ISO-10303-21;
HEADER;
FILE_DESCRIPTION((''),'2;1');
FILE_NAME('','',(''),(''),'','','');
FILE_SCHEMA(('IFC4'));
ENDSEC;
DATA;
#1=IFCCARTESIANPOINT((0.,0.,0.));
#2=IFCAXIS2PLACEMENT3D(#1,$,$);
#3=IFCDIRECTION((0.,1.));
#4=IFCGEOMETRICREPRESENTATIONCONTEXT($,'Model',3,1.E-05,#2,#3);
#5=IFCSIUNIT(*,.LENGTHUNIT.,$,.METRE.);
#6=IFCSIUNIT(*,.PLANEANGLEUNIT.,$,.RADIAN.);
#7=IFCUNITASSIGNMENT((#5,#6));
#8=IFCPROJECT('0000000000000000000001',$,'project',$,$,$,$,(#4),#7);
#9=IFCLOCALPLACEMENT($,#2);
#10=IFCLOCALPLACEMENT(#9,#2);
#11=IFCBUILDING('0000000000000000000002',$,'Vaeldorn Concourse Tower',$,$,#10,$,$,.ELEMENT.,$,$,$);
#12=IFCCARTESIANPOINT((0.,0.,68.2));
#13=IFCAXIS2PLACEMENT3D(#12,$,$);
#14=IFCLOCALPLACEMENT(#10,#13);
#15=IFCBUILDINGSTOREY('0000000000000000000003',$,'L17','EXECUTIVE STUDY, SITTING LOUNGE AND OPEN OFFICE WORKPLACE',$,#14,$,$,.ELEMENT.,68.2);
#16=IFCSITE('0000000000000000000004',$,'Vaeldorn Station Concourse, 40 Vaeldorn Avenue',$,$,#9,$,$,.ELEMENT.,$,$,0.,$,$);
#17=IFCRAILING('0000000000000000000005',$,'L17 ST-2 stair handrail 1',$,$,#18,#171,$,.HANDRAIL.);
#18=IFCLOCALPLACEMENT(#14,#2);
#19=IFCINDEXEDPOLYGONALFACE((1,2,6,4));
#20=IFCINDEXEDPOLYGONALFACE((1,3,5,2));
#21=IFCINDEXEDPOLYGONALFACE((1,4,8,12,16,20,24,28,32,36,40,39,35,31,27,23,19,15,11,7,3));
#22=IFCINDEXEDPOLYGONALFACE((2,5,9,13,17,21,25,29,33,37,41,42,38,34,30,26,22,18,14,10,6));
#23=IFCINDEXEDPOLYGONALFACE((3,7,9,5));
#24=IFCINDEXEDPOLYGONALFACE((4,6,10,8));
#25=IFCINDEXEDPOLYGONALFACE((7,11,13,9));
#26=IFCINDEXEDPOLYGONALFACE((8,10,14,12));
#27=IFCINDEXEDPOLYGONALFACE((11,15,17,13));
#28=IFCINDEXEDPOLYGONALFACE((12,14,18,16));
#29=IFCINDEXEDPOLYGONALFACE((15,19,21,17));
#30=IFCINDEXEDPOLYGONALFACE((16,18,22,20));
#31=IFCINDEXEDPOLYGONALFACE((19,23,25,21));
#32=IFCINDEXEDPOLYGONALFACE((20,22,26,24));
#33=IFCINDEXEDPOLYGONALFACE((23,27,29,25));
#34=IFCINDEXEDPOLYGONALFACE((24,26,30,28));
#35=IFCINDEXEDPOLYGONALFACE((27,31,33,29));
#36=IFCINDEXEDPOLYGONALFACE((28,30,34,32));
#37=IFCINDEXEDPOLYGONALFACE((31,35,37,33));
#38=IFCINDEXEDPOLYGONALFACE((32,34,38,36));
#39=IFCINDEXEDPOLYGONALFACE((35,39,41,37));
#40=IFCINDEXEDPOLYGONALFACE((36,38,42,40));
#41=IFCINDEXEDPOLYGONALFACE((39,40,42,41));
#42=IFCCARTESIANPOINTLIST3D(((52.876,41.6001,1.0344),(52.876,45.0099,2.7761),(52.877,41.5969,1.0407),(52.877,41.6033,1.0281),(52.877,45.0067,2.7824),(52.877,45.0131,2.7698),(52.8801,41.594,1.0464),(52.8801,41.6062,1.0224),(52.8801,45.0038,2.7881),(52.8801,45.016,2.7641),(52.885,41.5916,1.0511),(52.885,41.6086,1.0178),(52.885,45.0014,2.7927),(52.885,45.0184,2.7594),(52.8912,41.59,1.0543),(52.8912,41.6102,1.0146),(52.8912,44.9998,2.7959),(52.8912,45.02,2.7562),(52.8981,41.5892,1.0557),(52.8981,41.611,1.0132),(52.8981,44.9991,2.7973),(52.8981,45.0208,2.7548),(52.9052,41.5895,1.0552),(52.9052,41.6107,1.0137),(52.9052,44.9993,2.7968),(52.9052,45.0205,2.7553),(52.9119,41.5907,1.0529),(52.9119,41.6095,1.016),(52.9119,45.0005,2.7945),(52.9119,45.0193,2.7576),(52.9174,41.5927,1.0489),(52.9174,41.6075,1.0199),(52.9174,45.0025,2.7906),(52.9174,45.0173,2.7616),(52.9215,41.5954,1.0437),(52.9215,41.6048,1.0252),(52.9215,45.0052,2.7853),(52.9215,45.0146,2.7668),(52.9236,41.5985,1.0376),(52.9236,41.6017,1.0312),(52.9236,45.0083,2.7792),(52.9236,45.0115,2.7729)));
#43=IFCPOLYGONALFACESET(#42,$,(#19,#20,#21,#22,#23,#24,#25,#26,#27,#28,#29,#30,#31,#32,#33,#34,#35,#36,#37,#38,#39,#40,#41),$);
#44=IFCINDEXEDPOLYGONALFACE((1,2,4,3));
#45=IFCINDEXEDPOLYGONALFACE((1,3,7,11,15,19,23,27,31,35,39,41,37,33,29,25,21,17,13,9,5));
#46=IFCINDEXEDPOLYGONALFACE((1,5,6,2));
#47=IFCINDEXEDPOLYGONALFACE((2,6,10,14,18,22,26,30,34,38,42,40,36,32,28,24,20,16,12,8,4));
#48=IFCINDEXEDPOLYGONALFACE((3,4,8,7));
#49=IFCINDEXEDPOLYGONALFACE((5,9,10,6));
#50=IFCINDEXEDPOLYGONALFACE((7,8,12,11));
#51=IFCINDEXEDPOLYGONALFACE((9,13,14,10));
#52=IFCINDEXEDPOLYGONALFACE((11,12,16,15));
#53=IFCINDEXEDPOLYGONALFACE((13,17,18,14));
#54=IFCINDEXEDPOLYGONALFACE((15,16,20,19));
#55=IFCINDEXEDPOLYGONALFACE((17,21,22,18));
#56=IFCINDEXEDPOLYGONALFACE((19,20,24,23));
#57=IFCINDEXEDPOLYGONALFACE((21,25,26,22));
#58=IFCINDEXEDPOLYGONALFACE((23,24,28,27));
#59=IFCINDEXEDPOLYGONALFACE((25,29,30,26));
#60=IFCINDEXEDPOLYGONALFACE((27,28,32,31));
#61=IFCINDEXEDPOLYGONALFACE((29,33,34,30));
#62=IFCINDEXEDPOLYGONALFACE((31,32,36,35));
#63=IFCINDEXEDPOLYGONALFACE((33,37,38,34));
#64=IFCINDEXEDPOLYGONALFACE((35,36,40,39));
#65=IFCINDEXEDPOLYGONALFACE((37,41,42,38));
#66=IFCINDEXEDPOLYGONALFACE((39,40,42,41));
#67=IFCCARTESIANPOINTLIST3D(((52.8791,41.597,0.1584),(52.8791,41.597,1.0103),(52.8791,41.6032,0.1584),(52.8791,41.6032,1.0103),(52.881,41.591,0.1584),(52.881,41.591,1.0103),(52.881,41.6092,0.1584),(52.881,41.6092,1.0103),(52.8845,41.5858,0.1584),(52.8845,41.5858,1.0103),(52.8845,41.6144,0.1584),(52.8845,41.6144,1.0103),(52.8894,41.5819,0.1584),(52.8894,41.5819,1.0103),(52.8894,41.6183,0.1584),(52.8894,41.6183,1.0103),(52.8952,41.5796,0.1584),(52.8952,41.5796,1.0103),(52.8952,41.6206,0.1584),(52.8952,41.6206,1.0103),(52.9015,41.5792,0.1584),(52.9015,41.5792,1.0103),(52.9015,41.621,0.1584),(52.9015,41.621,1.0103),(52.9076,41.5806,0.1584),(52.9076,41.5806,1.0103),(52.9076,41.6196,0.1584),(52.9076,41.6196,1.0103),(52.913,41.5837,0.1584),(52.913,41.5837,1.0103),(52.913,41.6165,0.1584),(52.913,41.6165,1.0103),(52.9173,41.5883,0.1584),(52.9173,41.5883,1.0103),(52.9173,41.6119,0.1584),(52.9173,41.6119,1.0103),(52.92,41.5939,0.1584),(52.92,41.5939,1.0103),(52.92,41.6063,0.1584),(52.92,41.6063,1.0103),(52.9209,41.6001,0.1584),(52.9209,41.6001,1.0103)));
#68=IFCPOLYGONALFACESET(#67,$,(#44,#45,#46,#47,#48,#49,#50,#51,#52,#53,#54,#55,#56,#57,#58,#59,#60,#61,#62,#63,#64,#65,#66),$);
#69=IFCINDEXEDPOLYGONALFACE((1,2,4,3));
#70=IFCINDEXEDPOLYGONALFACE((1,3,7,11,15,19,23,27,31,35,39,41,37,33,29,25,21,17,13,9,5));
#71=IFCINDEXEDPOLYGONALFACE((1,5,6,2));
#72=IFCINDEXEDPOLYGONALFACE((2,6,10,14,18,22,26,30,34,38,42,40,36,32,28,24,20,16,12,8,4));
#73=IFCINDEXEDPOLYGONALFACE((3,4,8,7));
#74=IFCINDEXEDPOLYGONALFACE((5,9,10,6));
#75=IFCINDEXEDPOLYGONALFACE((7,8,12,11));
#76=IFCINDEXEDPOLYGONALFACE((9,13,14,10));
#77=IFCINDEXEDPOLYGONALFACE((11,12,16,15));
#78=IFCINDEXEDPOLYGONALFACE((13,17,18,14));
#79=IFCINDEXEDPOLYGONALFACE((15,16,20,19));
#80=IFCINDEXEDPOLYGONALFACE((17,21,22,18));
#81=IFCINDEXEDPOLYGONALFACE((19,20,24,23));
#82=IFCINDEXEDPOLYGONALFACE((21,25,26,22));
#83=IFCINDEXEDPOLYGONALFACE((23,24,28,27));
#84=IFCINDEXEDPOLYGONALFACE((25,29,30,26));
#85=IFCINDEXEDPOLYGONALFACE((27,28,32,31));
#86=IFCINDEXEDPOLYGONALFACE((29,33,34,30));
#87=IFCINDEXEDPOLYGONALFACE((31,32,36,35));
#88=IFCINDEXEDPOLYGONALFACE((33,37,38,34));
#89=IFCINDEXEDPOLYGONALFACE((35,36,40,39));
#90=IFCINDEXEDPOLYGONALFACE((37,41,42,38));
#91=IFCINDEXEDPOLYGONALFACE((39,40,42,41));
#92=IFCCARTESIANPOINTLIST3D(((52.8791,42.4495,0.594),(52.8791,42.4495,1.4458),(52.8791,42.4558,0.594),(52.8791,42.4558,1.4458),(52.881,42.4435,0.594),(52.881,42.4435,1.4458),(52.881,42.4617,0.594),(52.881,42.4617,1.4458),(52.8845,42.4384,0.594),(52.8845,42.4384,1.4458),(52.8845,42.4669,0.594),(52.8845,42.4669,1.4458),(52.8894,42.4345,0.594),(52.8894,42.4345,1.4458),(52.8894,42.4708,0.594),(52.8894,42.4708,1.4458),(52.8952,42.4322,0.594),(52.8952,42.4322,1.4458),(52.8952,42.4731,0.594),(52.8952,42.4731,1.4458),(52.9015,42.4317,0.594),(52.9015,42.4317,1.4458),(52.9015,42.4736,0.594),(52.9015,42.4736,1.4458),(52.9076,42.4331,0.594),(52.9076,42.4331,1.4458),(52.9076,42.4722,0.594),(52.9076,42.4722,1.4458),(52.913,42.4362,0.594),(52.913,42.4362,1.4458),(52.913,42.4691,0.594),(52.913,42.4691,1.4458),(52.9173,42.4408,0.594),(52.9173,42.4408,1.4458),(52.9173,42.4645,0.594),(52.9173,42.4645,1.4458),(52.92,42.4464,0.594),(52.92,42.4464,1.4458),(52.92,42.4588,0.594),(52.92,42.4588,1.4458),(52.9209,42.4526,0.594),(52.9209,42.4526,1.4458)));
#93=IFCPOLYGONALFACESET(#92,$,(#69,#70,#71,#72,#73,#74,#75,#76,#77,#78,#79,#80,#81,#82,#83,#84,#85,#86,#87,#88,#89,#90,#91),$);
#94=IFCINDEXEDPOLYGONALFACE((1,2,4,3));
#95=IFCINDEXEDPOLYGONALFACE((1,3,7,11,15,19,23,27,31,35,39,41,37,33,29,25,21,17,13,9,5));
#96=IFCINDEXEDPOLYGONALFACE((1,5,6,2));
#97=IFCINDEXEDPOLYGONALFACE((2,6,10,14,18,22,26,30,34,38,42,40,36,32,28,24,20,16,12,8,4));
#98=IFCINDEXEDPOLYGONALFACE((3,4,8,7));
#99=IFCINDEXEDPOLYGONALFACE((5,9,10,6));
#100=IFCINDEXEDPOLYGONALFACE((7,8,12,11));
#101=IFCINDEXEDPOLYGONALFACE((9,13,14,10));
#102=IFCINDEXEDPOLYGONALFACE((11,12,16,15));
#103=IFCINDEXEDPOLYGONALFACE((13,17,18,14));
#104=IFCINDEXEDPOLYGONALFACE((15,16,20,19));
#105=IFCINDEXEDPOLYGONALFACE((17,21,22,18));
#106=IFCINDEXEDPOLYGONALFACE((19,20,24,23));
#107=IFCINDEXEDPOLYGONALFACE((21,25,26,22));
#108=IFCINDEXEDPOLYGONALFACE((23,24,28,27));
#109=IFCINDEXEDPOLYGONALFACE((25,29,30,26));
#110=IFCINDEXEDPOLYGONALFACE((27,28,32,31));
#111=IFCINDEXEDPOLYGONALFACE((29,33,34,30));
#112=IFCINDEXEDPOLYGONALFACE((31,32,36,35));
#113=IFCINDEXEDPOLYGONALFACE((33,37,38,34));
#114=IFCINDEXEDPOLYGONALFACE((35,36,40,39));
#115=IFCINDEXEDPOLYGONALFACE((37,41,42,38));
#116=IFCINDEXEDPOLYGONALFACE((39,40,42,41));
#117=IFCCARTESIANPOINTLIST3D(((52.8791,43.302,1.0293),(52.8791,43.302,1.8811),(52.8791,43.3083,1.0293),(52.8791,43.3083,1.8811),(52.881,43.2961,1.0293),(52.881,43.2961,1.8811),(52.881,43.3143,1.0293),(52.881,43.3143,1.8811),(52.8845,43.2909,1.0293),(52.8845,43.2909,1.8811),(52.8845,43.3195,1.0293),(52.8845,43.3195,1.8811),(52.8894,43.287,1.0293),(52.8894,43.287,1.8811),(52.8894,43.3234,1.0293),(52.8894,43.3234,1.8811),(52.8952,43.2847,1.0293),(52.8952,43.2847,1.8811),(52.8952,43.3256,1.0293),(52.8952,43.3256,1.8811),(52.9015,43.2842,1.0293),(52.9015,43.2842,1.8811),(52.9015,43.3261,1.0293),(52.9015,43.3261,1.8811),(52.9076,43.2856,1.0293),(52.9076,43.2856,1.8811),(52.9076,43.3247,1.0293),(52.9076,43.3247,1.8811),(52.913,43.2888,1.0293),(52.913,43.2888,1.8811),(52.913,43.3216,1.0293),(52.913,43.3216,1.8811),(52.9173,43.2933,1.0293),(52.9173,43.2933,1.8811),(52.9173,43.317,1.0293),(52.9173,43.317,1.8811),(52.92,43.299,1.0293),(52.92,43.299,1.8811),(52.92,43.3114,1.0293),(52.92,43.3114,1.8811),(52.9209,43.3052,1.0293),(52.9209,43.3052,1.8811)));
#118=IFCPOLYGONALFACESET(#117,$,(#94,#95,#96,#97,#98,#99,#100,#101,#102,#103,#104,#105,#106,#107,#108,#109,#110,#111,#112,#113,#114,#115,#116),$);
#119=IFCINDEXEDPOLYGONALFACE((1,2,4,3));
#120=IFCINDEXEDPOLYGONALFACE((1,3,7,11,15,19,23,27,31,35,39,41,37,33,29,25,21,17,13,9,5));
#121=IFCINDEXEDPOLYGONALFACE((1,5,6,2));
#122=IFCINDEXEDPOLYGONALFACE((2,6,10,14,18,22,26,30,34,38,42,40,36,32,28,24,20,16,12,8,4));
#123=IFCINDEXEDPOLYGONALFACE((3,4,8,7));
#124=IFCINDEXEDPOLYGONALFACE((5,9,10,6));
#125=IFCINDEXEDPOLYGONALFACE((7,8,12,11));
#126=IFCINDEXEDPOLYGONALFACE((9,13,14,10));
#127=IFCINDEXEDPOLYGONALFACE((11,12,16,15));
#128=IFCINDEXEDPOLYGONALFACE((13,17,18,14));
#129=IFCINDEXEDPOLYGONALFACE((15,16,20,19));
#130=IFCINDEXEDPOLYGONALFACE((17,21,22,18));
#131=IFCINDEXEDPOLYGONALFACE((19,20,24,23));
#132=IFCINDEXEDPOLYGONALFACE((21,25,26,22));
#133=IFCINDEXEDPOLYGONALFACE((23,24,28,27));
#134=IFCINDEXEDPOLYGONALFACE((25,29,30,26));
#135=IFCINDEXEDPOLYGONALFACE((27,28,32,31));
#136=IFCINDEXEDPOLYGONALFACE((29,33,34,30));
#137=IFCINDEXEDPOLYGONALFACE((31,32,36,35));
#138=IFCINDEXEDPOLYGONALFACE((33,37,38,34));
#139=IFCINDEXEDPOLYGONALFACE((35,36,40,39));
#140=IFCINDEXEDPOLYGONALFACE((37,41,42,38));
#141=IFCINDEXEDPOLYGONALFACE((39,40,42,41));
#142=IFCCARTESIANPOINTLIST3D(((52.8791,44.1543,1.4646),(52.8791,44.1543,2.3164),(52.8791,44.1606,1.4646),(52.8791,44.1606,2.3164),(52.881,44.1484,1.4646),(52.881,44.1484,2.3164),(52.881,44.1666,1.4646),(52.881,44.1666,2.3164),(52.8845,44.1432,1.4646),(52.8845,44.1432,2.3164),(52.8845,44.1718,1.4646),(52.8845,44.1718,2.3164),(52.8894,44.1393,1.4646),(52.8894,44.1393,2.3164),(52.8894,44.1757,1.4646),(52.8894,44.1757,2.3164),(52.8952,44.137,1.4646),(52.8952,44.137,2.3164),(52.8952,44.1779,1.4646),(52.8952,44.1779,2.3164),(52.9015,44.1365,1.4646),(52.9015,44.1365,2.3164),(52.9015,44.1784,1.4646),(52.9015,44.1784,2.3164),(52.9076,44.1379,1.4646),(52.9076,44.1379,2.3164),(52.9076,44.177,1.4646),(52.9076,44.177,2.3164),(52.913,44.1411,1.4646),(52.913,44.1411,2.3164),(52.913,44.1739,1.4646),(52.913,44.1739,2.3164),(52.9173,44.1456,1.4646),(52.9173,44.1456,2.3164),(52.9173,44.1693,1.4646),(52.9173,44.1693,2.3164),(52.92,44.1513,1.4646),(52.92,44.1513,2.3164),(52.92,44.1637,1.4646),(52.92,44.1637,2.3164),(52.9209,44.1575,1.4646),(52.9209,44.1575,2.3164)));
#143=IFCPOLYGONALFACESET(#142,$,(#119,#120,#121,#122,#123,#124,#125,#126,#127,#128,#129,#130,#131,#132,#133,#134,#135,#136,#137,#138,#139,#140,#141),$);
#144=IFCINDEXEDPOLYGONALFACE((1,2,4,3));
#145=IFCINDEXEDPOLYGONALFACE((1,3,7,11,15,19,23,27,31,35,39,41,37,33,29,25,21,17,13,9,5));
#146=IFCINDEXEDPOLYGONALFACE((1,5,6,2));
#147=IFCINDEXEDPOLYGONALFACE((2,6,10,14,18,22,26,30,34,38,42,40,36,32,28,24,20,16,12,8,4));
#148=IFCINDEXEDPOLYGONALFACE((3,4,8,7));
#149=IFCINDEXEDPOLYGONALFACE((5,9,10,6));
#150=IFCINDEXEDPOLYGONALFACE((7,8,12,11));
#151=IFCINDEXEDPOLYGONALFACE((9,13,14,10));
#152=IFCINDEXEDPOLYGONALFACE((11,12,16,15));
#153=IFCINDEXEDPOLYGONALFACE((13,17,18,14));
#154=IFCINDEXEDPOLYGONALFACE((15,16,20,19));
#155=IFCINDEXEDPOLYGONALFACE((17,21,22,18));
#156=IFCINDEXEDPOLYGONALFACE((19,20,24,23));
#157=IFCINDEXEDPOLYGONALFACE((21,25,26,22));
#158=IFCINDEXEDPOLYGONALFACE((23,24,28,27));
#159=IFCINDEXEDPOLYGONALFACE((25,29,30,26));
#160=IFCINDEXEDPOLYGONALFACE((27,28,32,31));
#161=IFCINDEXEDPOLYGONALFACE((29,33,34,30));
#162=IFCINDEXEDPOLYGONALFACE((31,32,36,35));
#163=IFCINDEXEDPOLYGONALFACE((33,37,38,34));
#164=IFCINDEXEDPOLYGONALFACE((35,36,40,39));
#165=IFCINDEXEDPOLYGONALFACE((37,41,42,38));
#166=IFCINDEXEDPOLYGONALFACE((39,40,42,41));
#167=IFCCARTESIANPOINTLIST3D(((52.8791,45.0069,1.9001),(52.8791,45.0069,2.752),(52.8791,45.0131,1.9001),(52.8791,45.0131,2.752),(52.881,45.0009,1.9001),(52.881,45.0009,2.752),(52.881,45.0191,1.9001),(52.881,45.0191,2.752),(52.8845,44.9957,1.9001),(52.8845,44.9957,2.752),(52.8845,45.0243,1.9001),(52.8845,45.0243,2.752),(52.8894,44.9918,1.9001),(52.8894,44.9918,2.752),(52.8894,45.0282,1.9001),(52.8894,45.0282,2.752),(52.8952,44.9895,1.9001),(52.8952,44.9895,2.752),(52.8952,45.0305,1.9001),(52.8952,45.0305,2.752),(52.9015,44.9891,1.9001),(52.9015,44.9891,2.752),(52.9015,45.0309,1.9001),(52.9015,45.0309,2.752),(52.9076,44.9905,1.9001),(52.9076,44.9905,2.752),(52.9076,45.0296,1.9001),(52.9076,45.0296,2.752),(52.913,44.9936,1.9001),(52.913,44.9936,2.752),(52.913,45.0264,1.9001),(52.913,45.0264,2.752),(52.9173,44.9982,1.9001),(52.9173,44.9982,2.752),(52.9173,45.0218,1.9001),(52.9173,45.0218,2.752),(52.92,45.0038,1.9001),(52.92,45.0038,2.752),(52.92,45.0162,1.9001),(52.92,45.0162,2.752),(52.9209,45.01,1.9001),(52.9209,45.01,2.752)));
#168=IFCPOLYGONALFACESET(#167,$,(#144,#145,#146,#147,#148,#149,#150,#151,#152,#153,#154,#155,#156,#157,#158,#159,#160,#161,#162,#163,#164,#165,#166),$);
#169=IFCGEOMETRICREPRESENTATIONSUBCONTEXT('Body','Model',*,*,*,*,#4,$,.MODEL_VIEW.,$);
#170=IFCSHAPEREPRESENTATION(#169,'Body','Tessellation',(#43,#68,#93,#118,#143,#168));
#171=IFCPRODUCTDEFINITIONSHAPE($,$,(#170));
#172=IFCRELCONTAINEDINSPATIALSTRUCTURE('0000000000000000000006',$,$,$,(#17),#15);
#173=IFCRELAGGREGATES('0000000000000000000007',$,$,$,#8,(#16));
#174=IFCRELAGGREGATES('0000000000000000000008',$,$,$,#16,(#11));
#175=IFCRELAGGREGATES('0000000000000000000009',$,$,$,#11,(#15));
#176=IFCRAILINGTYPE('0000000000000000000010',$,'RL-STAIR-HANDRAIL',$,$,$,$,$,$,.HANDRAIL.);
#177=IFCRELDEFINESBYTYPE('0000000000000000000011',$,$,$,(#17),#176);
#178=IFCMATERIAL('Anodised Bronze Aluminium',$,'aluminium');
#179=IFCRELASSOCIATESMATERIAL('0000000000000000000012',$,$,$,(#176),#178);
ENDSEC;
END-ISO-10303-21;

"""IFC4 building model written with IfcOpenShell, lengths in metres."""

from ifc_helpers import new_model, si_unit, direction, frame, origin, origin_2d, place, context, subcontext, project, spatial, circle, extrude, material, type_object, element, save


model = new_model("IFC4")

# Units and contexts
model_context = context("Model", 3, precision=1e-05, world=origin(), true_north=direction((0.0, 1.0)))
body_context = subcontext(model_context, "Body", "Model", "MODEL_VIEW")
ifc_project = project(units=[si_unit("LENGTHUNIT", "METRE"), si_unit("PLANEANGLEUNIT", "RADIAN")], contexts=[model_context])

# Site, building, storey
site_placement = place(None, origin())
site = spatial("IfcSite", under=ifc_project, at=site_placement, Name="Vaeldorn Station Concourse, 40 Vaeldorn Avenue", CompositionType="ELEMENT", RefElevation=0.0)
building_placement = place(site_placement, origin())
building = spatial("IfcBuilding", under=site, at=building_placement, Name="Vaeldorn Concourse Tower", CompositionType="ELEMENT")
storey_placement = place(building_placement, frame((0.0, 0.0, 68.2)))
storey = spatial("IfcBuildingStorey", under=building, at=storey_placement, Name="L17", Description="EXECUTIVE STUDY, SITTING LOUNGE AND OPEN OFFICE WORKPLACE", CompositionType="ELEMENT", Elevation=68.2)

# Shared definitions
ifc_material_1 = material(Name="Anodised Bronze Aluminium", Category="aluminium")

# Railing
railing_type_1 = type_object("IfcRailingType", Name="RL-STAIR-HANDRAIL", PredefinedType="HANDRAIL", material=ifc_material_1)
railing_1_placement = place(storey_placement, frame((52.8999, 41.6001, 0.1584)))
element("IfcRailing", 1, at=railing_1_placement, inside=storey, type_object=railing_type_1, Name="L17 ST-2 stair handrail 1", PredefinedType="HANDRAIL", context=body_context, shape_type="SweptSolid", body=[
    extrude(circle(Radius=0.0239, at=origin_2d()), frame((0.0, 0.0, 0.876), z_axis=(0.0, 0.890556, 0.454874), x_axis=(-1.0, 0.0, 0.0)), (0.0, 0.0, 1.0), 3.8289),
    extrude(circle(Radius=0.021, at=origin_2d()), origin(), (0.0, 0.0, 1.0), 0.8518),
    extrude(circle(Radius=0.021, at=origin_2d()), frame((0.0, 0.8525, 0.4355)), (0.0, 0.0, 1.0), 0.8518),
    extrude(circle(Radius=0.021, at=origin_2d()), frame((0.0, 1.7051, 0.8708)), (0.0, 0.0, 1.0), 0.8518),
    extrude(circle(Radius=0.021, at=origin_2d()), frame((0.0, 2.5574, 1.3062)), (0.0, 0.0, 1.0), 0.8518),
    extrude(circle(Radius=0.021, at=origin_2d()), frame((0.0, 3.4099, 1.7417)), (0.0, 0.0, 1.0), 0.8518),
])

save(model, "model.ifc")
